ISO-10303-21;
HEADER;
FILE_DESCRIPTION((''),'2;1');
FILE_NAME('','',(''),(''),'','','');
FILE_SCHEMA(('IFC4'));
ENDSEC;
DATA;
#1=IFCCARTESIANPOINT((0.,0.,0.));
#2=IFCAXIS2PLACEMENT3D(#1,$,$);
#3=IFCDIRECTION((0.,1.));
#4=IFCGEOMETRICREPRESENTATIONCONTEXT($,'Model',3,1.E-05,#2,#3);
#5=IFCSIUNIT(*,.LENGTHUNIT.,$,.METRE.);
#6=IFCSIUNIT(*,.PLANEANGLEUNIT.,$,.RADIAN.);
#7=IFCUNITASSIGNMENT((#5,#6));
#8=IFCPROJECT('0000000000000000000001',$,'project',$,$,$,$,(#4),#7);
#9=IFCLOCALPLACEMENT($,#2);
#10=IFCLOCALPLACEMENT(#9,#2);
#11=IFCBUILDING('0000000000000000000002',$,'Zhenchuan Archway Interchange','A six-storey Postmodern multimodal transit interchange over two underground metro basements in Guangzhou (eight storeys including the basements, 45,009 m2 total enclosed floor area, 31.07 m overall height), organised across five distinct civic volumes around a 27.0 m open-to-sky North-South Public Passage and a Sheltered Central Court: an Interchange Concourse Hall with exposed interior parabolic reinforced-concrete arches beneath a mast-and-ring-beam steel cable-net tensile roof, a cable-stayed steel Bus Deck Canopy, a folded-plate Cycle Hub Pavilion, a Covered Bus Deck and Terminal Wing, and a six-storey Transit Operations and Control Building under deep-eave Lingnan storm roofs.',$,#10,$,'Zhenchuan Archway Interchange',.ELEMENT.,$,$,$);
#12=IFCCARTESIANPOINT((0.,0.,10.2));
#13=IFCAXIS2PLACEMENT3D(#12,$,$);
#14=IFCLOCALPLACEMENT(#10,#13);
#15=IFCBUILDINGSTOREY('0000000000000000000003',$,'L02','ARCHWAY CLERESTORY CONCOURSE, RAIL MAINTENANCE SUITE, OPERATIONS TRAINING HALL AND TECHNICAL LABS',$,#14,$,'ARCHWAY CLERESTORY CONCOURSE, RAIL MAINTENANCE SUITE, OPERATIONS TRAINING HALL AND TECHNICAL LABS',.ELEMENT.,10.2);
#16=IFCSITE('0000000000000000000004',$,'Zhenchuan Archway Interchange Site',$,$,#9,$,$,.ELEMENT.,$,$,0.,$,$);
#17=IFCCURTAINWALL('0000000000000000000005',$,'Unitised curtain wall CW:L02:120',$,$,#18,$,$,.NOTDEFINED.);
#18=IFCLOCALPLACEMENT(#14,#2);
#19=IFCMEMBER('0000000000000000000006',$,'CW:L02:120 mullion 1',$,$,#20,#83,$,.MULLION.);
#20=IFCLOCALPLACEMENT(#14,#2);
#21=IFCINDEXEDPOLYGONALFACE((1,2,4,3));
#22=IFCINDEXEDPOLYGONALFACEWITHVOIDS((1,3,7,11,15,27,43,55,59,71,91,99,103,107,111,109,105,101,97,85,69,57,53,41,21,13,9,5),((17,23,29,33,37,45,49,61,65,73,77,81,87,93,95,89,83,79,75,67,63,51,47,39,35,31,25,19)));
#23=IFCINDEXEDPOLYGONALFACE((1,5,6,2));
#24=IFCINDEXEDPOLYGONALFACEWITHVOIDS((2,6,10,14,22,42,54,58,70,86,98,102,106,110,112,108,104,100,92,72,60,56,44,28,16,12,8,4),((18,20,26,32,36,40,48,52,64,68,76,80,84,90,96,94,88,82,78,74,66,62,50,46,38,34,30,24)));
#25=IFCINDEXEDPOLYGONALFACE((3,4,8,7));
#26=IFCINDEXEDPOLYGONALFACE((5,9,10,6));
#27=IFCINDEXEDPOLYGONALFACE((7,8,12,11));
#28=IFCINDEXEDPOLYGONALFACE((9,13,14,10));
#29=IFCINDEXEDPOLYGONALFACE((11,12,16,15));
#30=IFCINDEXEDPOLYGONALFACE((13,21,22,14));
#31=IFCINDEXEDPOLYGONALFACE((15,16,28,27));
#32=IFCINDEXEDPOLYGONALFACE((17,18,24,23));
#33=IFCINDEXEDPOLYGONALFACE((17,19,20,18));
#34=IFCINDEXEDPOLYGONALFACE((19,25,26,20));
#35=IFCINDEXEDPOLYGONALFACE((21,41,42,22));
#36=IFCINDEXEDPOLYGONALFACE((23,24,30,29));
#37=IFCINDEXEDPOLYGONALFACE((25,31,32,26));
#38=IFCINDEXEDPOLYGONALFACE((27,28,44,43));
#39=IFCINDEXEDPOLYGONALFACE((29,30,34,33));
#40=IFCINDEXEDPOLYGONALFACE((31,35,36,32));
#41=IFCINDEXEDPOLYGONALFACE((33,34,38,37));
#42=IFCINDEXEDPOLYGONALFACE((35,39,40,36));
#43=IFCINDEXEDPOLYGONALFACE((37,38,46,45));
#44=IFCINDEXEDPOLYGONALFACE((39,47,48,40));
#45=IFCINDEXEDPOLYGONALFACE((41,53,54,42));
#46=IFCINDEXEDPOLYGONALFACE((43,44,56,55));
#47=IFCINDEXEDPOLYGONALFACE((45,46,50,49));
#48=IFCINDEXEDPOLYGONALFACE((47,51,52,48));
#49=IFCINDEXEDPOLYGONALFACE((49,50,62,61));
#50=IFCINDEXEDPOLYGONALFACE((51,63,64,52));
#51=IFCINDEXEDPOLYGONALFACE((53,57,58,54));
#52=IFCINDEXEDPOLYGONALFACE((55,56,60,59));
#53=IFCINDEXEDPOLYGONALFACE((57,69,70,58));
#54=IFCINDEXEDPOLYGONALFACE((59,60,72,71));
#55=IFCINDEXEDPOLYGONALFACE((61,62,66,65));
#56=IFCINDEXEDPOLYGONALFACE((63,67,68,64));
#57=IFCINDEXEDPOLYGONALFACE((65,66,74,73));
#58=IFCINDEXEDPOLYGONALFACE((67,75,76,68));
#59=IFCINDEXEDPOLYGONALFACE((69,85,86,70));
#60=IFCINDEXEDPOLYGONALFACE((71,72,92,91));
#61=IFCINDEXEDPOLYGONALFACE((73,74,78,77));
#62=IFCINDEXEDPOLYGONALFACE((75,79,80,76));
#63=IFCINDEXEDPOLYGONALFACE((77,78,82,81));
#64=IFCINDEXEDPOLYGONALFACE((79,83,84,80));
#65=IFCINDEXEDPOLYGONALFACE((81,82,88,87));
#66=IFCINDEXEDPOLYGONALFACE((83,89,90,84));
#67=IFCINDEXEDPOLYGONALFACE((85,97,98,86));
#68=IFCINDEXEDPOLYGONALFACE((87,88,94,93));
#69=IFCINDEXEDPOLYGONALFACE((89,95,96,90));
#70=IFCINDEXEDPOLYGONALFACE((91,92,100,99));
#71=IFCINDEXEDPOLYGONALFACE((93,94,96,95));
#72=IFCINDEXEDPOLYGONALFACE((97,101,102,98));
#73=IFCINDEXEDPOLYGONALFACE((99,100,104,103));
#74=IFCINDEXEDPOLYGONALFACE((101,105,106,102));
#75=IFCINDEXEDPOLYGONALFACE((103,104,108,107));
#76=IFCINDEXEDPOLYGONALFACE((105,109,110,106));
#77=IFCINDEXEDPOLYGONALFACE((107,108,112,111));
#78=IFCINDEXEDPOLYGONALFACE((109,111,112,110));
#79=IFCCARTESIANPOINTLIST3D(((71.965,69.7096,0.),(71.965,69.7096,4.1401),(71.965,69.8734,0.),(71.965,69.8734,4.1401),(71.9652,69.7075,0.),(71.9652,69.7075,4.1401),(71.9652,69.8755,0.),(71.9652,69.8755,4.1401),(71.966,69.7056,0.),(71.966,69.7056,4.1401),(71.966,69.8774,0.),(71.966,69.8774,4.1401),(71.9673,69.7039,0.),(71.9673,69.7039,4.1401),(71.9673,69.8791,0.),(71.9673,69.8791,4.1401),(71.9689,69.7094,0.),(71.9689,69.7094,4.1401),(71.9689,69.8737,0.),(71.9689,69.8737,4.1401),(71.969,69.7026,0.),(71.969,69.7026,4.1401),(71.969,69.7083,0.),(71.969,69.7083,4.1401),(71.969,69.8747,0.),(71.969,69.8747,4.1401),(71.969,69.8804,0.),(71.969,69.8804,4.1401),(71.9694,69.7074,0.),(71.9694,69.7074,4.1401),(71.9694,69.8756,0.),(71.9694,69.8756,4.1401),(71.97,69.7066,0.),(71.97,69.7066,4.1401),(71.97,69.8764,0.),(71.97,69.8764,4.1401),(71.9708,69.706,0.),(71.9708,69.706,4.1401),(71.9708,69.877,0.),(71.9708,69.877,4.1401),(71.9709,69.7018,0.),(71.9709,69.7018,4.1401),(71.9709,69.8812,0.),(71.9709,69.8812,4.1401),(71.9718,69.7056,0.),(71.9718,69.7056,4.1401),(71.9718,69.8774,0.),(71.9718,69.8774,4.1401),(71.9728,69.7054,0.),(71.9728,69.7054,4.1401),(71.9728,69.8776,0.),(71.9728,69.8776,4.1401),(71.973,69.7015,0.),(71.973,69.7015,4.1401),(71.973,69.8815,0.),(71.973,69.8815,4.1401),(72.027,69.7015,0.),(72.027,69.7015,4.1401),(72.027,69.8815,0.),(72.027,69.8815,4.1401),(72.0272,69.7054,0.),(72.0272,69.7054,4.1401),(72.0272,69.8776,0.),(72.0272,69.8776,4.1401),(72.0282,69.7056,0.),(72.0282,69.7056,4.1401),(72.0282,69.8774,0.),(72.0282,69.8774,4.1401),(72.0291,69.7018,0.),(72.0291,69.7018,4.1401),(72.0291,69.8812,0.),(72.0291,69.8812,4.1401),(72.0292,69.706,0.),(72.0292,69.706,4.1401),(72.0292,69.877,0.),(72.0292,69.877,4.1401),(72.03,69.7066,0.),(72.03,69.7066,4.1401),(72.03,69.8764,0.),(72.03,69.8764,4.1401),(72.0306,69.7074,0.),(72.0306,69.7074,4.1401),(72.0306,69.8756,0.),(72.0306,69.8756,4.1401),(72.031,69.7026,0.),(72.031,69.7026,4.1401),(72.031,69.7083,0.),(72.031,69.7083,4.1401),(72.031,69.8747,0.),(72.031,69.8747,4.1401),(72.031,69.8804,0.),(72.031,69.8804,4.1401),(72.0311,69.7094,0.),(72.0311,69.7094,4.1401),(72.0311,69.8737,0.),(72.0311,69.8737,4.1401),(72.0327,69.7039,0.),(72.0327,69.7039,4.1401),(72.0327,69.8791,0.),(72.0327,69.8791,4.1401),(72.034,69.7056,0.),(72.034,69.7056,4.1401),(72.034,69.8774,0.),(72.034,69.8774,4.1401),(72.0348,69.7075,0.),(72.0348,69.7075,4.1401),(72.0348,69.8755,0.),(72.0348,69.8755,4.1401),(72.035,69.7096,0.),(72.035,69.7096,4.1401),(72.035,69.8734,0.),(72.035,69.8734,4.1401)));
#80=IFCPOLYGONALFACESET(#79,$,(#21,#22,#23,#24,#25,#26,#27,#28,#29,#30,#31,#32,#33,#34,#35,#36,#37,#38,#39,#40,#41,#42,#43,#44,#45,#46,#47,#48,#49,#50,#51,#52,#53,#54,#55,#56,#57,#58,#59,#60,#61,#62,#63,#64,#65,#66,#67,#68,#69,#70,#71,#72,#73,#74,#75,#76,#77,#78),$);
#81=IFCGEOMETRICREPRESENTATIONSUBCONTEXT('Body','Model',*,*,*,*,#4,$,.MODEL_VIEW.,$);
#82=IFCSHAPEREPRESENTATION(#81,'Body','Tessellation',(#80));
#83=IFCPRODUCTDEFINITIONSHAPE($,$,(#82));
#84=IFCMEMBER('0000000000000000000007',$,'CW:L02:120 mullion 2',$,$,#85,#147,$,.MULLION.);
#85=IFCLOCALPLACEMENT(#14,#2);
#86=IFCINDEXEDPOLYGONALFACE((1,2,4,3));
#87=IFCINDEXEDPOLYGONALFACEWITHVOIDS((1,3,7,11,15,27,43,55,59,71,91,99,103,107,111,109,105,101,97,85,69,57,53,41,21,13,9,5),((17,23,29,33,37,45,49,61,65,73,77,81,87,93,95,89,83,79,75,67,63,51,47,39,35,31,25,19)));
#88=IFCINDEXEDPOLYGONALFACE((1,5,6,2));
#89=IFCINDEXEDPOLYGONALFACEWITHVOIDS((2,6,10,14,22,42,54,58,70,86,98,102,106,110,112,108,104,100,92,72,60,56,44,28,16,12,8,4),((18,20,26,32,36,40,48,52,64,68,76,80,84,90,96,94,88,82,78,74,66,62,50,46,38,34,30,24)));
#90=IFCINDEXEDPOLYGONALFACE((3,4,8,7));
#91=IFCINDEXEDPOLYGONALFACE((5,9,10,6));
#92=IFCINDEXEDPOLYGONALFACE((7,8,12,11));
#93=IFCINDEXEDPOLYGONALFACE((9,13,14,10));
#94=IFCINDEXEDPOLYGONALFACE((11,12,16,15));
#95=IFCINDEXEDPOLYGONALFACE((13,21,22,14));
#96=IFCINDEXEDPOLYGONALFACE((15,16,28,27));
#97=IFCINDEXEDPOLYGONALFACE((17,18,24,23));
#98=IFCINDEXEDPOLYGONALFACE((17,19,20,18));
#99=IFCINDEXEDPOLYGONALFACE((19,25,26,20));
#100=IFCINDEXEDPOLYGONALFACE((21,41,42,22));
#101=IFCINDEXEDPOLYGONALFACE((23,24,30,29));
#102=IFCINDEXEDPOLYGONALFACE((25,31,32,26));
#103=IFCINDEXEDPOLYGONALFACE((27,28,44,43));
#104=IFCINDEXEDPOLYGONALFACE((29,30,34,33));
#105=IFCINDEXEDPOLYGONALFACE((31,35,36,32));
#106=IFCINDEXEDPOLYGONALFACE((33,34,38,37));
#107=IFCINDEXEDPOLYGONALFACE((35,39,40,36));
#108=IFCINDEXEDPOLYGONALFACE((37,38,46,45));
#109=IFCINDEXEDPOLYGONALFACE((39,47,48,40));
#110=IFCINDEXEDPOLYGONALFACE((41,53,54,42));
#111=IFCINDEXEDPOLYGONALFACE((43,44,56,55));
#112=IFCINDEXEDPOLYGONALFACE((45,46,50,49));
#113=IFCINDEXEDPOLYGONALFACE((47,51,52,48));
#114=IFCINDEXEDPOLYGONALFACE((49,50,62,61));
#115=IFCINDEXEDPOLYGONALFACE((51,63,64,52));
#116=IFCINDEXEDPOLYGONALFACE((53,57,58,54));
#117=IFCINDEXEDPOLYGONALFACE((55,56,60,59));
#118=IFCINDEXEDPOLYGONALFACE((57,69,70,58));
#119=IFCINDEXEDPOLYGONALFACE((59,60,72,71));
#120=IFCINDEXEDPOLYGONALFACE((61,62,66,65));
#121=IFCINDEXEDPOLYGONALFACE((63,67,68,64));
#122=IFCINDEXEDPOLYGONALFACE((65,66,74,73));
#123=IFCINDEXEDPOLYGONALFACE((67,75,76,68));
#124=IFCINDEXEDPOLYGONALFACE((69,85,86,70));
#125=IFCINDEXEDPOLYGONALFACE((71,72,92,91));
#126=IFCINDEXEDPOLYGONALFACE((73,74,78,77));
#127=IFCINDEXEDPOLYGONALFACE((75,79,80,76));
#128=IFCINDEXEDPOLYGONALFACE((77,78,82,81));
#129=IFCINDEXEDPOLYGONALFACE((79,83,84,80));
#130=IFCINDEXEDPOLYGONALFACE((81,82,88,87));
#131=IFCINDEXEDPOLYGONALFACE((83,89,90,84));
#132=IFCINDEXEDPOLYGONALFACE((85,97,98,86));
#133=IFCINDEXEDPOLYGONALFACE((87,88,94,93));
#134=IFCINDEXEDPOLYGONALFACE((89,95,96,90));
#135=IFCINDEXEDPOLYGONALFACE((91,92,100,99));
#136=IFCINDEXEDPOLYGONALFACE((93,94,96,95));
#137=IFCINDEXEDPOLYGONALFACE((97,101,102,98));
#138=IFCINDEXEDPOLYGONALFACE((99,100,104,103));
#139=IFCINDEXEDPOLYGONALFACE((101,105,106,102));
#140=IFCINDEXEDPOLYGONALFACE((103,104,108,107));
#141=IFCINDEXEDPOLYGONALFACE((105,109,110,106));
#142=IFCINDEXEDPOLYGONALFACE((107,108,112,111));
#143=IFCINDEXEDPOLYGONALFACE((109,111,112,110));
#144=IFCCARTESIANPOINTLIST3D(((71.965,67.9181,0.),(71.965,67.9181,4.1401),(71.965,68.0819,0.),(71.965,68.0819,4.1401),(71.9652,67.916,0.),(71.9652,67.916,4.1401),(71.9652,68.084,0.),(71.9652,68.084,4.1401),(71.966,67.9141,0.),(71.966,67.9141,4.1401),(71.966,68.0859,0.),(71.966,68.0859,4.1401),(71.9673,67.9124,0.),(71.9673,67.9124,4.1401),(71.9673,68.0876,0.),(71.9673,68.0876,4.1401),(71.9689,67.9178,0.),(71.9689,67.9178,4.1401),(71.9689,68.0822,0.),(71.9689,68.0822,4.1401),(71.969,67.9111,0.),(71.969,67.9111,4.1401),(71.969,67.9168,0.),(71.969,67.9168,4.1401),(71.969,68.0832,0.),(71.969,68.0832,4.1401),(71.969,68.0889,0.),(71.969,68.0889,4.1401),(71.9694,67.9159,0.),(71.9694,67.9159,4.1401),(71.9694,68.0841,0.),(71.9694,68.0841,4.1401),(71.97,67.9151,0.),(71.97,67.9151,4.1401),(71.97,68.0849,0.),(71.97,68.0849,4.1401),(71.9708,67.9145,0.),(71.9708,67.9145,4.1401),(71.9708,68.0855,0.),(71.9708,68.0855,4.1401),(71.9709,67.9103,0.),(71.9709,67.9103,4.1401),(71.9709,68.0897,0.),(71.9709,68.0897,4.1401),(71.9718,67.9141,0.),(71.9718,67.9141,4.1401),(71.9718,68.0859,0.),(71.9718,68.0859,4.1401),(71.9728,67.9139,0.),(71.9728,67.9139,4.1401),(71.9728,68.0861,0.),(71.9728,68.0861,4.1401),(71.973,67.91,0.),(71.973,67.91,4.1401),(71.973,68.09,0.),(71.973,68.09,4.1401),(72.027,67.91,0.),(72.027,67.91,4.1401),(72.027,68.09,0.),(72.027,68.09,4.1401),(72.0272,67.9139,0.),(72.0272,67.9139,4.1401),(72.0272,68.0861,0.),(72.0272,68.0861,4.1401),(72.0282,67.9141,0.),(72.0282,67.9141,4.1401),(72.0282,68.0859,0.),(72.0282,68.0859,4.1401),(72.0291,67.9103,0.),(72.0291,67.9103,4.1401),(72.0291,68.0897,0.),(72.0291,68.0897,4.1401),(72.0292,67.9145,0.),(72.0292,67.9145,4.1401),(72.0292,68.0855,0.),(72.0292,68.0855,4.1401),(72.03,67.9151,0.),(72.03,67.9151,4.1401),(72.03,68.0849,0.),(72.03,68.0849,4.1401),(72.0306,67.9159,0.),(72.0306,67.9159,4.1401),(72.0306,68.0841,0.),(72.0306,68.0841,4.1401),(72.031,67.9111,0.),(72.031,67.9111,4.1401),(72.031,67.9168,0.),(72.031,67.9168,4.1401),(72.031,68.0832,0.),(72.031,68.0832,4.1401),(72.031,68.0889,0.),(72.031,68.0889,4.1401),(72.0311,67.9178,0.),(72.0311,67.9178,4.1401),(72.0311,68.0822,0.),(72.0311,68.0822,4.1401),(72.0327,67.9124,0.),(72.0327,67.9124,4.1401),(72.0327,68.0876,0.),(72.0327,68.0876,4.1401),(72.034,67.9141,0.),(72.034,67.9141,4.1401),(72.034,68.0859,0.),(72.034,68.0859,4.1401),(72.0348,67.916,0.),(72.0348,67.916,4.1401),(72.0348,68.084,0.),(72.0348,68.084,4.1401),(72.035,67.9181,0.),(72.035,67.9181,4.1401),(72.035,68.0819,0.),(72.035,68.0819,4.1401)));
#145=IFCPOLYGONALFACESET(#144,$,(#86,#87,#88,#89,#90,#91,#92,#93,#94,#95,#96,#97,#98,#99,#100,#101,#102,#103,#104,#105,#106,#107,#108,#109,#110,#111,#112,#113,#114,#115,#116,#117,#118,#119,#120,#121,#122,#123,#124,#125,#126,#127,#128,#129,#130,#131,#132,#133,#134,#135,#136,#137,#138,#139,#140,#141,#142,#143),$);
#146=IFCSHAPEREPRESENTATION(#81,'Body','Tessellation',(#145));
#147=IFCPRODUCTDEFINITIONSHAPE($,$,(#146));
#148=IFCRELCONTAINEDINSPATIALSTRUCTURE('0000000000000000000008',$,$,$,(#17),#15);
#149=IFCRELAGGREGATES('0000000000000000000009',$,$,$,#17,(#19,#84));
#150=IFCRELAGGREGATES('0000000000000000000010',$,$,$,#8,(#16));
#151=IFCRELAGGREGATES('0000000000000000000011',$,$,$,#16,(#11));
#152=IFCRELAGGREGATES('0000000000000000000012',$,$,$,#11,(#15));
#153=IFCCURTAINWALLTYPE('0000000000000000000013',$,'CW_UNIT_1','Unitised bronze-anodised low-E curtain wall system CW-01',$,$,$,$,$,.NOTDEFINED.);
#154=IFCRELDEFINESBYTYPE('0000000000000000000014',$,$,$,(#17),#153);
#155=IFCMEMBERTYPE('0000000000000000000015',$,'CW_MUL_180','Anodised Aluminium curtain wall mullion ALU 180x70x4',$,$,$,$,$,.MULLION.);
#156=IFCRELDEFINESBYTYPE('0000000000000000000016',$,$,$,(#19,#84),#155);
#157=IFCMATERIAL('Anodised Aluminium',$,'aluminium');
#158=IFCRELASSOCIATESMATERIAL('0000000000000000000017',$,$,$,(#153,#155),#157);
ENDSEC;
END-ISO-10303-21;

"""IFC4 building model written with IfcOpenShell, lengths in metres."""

from ifc_helpers import new_model, si_unit, direction, frame, origin, origin_2d, place, context, subcontext, project, spatial, hollow_rectangle, extrude, material, material_profile, profile_set, type_object, element, aggregate, save


model = new_model("IFC4")

# Units and contexts
model_context = context("Model", 3, precision=1e-05, world=origin(), true_north=direction((0.0, 1.0)))
body_context = subcontext(model_context, "Body", "Model", "MODEL_VIEW")
ifc_project = project(units=[si_unit("LENGTHUNIT", "METRE"), si_unit("PLANEANGLEUNIT", "RADIAN")], contexts=[model_context])

# Site, building, storey
site_placement = place(None, origin())
site = spatial("IfcSite", under=ifc_project, at=site_placement, Name="Zhenchuan Archway Interchange Site", CompositionType="ELEMENT", RefElevation=0.0)
building_placement = place(site_placement, origin())
building = spatial("IfcBuilding", under=site, at=building_placement, Name="Zhenchuan Archway Interchange", Description="A six-storey Postmodern multimodal transit interchange over two underground metro basements in Guangzhou (eight storeys including the basements, 45,009 m2 total enclosed floor area, 31.07 m overall height), organised across five distinct civic volumes around a 27.0 m open-to-sky North-South Public Passage and a Sheltered Central Court: an Interchange Concourse Hall with exposed interior parabolic reinforced-concrete arches beneath a mast-and-ring-beam steel cable-net tensile roof, a cable-stayed steel Bus Deck Canopy, a folded-plate Cycle Hub Pavilion, a Covered Bus Deck and Terminal Wing, and a six-storey Transit Operations and Control Building under deep-eave Lingnan storm roofs.", LongName="Zhenchuan Archway Interchange", CompositionType="ELEMENT")
storey_placement = place(building_placement, frame((0.0, 0.0, 10.2)))
storey = spatial("IfcBuildingStorey", under=building, at=storey_placement, Name="L02", Description="ARCHWAY CLERESTORY CONCOURSE, RAIL MAINTENANCE SUITE, OPERATIONS TRAINING HALL AND TECHNICAL LABS", LongName="ARCHWAY CLERESTORY CONCOURSE, RAIL MAINTENANCE SUITE, OPERATIONS TRAINING HALL AND TECHNICAL LABS", CompositionType="ELEMENT", Elevation=10.2)

# Curtain wall, members
ifc_material_1 = material(Name="Anodised Aluminium", Category="aluminium")
curtain_wall_type = type_object("IfcCurtainWallType", Name="CW_UNIT_1", Description="Unitised bronze-anodised low-E curtain wall system CW-01", PredefinedType="NOTDEFINED", material=ifc_material_1)
curtain_wall_placement = place(storey_placement, origin())
curtain_wall = element("IfcCurtainWall", 1, at=curtain_wall_placement, inside=storey, type_object=curtain_wall_type, Name="Unitised curtain wall CW:L02:120", PredefinedType="NOTDEFINED")
ifc_material_profile_1 = material_profile(ifc_material_1, hollow_rectangle(XDim=0.0701, YDim=0.1799, WallThickness=0.0039, InnerFilletRadius=0.0039, OuterFilletRadius=0.0081, at=origin_2d()), Name="ALU 180x70x4")
ifc_profile_set_1 = profile_set([ifc_material_profile_1], Name="Anodised Aluminium")
member_type_1 = type_object("IfcMemberType", Name="CW_MUL_180", Description="Anodised Aluminium curtain wall mullion ALU 180x70x4", PredefinedType="MULLION", material=ifc_profile_set_1)
member_1_placement = place(storey_placement, frame((72.0, 69.7915, 0.0), z_axis=(0.0, 0.0, 1.0), x_axis=(1.0, 0.0, 0.0)))
member_1 = element("IfcMember", 2, at=member_1_placement, type_object=member_type_1, Name="CW:L02:120 mullion 1", PredefinedType="MULLION", context=body_context, shape_type="SweptSolid", body=[
    extrude(hollow_rectangle(XDim=0.0701, YDim=0.1799, WallThickness=0.0039, InnerFilletRadius=0.0039, OuterFilletRadius=0.0081, at=origin_2d()), origin(), (0.0, 0.0, 1.0), 4.1401),
])
member_2_placement = place(storey_placement, frame((72.0, 68.0, 0.0), z_axis=(0.0, 0.0, 1.0), x_axis=(1.0, 0.0, 0.0)))
member_2 = element("IfcMember", 3, at=member_2_placement, type_object=member_type_1, Name="CW:L02:120 mullion 2", PredefinedType="MULLION", context=body_context, shape_type="SweptSolid", body=[
    extrude(hollow_rectangle(XDim=0.0701, YDim=0.1799, WallThickness=0.0039, InnerFilletRadius=0.0039, OuterFilletRadius=0.0081, at=origin_2d()), origin(), (0.0, 0.0, 1.0), 4.1401),
])
aggregate(curtain_wall, [member_1, member_2])

save(model, "model.ifc")
